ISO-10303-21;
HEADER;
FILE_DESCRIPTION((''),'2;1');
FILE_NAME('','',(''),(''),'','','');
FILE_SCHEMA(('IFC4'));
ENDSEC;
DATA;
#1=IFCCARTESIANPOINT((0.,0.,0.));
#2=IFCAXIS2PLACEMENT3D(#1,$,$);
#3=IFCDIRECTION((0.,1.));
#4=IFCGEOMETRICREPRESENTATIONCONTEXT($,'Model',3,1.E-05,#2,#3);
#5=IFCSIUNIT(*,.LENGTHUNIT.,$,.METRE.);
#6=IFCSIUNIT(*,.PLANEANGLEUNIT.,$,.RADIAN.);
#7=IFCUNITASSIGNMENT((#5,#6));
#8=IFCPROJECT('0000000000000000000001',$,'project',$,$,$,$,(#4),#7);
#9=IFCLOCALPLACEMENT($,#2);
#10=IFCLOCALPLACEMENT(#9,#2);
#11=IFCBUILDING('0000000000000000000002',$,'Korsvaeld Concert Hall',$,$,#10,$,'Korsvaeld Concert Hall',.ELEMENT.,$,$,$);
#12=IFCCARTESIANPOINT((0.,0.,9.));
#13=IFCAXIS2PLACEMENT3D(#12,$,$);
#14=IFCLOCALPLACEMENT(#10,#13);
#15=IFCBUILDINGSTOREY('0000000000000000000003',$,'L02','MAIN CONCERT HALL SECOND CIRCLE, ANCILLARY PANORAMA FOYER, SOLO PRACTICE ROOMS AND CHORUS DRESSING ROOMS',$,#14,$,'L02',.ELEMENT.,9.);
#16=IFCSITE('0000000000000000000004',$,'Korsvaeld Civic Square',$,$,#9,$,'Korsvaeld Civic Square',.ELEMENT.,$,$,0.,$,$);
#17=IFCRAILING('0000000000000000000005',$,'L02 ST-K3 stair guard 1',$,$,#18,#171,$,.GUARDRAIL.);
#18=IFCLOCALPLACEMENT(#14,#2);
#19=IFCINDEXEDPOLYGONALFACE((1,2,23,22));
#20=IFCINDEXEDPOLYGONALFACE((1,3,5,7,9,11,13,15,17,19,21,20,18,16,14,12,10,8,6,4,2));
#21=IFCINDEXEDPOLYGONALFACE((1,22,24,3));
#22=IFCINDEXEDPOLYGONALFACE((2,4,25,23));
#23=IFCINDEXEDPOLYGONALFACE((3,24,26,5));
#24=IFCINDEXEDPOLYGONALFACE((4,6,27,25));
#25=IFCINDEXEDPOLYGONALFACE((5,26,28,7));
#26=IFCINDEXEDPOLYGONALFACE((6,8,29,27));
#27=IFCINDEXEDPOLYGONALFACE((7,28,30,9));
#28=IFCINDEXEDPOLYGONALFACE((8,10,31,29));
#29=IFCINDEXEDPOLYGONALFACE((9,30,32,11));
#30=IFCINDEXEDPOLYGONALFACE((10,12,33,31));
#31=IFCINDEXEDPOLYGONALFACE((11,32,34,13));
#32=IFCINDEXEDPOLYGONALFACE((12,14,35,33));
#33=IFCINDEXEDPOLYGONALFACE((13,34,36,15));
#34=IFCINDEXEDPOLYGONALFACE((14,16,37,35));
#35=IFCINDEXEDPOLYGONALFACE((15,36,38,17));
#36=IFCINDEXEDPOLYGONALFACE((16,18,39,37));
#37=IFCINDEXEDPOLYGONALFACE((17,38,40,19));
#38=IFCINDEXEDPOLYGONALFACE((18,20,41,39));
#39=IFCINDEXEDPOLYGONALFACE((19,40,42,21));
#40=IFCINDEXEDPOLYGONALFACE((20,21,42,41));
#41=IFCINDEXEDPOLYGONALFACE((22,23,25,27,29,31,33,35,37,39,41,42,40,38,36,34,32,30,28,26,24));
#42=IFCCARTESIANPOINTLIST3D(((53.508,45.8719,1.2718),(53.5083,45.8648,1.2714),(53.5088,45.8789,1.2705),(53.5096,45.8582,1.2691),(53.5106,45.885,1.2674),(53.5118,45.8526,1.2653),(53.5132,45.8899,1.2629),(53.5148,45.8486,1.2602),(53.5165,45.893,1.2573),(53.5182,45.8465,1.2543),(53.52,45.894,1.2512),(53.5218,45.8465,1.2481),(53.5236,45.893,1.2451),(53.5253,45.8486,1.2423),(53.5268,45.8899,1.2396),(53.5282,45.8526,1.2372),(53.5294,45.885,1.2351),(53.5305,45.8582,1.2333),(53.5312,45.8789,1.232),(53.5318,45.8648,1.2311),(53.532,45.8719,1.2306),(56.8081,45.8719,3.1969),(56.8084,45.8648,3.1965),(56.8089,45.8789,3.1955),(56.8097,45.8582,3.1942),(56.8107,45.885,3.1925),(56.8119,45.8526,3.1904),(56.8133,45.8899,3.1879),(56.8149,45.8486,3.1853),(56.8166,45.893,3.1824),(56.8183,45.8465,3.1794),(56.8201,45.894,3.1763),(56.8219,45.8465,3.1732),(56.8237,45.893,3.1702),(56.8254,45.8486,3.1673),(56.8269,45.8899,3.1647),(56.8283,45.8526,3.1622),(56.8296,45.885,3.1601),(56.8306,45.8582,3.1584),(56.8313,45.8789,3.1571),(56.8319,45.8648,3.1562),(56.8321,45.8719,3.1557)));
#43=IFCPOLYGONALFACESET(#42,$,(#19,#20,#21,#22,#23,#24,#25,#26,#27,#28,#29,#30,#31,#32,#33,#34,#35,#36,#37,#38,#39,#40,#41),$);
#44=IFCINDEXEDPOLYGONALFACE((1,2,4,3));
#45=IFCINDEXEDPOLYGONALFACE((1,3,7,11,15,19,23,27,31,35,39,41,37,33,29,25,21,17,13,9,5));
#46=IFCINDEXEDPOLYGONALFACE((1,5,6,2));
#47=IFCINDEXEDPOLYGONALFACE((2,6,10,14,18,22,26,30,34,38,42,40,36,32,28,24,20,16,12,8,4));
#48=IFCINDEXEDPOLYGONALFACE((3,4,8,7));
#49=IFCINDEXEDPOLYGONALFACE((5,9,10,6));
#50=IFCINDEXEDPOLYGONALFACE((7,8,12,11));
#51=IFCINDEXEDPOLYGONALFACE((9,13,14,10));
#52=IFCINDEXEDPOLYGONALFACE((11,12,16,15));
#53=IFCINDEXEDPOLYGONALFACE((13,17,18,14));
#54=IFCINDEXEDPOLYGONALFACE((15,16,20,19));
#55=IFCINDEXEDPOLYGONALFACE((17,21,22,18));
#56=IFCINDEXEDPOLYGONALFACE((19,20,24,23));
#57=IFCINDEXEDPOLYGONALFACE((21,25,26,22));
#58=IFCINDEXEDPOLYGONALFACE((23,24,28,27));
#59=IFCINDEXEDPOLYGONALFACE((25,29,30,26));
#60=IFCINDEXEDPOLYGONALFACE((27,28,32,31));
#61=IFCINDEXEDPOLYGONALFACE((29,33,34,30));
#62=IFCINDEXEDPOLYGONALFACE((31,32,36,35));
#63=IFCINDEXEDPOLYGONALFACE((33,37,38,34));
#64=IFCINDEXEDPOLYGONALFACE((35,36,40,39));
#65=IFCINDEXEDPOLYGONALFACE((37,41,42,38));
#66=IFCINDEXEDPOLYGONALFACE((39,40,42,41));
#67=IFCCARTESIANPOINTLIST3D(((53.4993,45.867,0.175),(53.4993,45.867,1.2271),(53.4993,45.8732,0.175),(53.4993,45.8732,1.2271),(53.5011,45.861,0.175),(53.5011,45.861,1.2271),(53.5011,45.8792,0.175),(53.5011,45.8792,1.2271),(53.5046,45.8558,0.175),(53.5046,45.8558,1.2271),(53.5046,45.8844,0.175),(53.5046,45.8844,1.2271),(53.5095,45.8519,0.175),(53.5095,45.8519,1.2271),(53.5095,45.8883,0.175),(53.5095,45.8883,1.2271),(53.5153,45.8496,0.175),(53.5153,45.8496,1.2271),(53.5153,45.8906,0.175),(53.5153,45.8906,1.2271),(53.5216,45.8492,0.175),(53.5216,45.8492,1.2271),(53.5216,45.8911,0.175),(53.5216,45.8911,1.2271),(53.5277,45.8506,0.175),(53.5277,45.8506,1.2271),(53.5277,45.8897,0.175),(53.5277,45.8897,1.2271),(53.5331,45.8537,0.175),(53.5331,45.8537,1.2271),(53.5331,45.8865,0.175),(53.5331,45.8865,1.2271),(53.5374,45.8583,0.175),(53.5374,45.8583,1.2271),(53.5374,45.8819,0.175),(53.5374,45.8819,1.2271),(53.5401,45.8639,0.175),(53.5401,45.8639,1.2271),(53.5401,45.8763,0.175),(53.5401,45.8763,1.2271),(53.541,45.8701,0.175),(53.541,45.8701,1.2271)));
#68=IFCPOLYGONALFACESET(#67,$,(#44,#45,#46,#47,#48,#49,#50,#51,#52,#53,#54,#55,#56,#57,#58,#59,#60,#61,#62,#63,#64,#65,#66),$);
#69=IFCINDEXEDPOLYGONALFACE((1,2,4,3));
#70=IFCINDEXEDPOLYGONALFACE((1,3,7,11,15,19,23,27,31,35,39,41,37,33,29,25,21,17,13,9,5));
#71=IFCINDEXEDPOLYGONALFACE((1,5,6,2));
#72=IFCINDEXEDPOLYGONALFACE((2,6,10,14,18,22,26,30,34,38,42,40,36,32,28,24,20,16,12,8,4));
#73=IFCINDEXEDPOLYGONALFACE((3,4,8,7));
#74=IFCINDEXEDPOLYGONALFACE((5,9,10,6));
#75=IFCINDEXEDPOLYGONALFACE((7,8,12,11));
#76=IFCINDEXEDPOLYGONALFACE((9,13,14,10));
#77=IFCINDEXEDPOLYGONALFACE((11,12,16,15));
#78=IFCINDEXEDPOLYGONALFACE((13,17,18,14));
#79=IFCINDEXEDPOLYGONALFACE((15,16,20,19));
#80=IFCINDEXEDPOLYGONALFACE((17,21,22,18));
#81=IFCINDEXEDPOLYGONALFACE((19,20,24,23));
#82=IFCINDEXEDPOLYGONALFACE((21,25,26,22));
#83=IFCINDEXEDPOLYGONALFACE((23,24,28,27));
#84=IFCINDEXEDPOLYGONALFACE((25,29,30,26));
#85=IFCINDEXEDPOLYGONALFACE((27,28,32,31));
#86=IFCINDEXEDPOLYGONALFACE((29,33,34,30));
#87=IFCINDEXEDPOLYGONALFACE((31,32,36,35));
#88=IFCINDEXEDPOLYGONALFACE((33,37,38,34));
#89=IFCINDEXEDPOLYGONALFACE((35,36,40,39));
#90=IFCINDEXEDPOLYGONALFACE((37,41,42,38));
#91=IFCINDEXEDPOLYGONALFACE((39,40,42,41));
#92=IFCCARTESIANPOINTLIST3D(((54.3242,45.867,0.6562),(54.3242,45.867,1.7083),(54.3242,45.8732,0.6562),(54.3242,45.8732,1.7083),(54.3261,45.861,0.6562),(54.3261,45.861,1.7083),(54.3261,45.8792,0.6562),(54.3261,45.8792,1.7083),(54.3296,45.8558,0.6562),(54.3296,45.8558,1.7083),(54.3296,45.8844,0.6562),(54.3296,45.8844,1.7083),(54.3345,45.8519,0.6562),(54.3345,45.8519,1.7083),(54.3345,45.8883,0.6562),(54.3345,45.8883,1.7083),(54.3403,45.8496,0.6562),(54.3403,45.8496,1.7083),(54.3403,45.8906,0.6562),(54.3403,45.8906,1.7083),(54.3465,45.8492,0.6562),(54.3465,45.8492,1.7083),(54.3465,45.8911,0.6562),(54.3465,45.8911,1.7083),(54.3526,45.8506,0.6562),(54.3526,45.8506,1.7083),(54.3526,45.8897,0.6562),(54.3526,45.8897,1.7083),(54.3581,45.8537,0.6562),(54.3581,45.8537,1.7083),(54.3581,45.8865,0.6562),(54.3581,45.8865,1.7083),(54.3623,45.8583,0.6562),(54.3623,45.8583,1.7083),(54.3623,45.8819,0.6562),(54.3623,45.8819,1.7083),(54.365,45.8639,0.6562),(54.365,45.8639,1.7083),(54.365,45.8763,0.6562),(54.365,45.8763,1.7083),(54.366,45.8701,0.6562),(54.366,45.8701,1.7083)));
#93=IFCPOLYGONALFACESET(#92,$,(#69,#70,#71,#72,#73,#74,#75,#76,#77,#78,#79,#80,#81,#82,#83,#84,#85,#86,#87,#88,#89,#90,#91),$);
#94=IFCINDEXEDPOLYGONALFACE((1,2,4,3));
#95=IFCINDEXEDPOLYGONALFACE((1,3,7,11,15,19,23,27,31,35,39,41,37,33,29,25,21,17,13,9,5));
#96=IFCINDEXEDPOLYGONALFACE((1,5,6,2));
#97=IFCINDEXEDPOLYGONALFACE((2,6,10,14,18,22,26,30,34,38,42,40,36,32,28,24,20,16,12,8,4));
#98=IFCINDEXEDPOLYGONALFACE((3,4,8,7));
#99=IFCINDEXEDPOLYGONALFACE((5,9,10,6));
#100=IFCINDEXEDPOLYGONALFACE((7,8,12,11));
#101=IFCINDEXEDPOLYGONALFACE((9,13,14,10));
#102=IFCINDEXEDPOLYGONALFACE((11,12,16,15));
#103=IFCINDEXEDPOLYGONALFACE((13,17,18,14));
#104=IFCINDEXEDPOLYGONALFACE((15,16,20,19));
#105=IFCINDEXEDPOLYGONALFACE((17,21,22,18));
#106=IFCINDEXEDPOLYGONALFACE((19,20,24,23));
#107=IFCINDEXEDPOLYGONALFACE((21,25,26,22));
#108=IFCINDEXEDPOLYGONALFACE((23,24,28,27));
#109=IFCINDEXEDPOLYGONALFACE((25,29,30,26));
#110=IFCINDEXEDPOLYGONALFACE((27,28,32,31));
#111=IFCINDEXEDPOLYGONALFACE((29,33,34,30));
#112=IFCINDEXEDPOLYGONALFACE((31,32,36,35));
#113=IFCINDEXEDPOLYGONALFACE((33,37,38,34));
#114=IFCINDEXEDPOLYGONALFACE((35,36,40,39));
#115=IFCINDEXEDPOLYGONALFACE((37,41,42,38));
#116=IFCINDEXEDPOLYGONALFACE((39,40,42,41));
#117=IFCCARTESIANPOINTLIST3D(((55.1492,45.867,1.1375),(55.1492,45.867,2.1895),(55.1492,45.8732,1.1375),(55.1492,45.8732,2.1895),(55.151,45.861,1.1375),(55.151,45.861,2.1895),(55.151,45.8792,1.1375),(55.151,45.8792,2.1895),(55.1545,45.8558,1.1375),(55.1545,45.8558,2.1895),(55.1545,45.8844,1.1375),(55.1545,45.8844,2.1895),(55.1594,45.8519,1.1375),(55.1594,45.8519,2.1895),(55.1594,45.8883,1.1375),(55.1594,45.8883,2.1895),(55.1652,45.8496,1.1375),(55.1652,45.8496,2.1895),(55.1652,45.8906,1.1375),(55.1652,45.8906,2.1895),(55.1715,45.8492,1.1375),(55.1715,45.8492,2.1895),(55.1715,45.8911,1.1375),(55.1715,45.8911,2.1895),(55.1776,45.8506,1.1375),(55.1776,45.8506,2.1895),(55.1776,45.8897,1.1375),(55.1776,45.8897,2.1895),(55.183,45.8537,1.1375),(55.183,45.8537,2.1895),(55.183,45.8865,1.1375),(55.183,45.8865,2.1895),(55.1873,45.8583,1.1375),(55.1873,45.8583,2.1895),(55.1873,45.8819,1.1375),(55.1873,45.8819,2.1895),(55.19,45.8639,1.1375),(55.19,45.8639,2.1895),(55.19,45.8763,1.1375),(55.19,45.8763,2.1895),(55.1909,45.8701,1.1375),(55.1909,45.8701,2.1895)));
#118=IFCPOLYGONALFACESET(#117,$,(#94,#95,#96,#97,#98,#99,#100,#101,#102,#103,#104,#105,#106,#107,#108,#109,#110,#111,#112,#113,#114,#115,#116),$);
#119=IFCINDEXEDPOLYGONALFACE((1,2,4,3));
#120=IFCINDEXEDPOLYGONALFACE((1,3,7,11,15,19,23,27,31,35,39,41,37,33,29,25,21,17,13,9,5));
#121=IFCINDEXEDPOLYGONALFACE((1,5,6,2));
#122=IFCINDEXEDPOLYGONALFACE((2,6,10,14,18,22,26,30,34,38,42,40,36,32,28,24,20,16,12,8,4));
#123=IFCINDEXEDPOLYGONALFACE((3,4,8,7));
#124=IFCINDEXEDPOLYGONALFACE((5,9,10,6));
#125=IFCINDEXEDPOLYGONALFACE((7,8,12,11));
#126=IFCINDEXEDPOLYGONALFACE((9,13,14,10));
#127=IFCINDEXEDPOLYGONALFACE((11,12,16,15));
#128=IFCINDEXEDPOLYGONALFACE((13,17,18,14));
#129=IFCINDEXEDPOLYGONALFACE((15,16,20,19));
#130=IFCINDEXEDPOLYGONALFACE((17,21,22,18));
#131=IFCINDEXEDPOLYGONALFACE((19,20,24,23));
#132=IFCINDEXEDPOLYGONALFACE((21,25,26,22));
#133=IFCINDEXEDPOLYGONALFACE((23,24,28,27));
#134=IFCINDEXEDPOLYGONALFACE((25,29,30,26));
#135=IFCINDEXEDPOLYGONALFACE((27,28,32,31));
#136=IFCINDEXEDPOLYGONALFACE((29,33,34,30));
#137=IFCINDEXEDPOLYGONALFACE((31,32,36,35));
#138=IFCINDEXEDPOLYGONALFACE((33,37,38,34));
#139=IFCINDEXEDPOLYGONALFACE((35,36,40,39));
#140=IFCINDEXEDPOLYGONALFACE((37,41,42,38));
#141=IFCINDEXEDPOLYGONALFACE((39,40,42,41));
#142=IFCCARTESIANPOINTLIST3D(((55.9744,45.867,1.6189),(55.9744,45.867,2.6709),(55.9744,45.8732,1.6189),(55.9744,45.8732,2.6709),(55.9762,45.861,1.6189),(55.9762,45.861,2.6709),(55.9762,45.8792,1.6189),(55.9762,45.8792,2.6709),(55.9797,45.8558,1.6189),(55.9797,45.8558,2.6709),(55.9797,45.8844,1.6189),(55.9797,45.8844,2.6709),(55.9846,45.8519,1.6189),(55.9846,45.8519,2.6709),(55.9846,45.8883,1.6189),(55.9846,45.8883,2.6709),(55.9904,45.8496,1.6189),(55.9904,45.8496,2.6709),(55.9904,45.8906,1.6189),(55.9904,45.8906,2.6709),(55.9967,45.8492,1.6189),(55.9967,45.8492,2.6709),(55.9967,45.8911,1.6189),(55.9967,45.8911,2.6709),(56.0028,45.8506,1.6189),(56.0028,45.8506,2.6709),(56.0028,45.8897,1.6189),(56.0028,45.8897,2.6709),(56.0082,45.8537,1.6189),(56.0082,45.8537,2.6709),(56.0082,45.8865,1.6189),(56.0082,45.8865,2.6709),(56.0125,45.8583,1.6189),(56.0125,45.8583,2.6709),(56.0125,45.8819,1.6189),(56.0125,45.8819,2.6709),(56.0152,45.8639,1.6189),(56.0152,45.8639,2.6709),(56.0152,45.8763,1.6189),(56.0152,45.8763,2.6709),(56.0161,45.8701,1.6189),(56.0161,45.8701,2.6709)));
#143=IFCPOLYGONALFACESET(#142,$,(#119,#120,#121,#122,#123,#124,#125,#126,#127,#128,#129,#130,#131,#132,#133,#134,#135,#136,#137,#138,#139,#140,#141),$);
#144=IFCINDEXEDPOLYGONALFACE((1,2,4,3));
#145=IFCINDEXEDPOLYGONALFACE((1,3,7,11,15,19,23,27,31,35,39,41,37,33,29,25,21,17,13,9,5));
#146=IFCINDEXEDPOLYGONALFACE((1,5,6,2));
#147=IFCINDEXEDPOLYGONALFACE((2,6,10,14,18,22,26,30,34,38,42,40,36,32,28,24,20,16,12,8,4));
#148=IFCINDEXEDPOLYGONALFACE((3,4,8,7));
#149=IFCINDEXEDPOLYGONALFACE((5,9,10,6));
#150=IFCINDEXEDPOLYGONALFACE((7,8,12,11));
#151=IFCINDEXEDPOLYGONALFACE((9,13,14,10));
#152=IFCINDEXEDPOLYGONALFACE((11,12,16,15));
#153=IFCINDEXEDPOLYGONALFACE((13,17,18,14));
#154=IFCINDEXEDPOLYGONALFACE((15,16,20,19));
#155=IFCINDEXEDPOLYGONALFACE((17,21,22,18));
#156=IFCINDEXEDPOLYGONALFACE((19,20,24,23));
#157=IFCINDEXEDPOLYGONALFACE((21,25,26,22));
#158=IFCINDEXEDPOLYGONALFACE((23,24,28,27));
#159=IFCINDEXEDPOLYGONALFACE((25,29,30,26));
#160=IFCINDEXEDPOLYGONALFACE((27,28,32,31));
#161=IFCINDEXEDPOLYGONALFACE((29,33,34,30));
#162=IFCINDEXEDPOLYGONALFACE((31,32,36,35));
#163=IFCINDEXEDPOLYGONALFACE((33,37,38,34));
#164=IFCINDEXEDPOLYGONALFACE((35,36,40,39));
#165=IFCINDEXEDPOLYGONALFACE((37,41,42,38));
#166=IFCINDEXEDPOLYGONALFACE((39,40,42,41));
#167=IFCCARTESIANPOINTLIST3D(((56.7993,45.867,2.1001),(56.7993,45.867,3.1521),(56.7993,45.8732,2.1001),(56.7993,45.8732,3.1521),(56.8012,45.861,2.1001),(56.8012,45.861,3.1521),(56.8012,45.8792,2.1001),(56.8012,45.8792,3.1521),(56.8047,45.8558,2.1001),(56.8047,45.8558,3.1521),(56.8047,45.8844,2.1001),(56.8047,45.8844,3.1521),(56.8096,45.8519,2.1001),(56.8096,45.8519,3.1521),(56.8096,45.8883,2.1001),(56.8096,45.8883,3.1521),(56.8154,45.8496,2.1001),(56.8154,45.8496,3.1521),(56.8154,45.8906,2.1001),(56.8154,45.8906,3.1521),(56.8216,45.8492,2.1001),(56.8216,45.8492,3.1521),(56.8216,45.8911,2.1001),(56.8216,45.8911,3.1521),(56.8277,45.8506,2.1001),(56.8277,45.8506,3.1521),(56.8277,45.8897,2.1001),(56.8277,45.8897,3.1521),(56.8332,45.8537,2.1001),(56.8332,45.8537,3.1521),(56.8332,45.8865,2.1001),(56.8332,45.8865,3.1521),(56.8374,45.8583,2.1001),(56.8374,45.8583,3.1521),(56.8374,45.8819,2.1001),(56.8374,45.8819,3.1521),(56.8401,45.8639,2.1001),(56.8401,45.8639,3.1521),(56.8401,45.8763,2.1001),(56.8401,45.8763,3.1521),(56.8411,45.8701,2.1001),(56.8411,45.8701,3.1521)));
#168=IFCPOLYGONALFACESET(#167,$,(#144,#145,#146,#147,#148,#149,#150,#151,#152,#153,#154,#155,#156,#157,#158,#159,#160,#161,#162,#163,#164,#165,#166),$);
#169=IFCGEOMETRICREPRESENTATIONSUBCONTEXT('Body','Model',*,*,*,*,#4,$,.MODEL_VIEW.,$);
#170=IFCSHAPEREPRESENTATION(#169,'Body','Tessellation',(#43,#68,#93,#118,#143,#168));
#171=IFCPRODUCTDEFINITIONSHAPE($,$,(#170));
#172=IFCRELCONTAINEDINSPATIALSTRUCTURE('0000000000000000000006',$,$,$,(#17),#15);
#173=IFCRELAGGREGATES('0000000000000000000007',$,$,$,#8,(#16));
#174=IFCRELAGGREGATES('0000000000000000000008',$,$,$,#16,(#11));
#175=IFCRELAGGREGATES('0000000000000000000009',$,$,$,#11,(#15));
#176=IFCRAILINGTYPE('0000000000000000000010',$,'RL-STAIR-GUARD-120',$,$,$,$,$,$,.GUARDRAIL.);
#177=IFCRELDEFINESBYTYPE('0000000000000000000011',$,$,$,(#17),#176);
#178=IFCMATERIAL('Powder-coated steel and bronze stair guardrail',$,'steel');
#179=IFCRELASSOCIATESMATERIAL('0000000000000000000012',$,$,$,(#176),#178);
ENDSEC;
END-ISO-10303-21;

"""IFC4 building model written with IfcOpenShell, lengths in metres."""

from ifc_helpers import new_model, si_unit, direction, frame, origin, origin_2d, place, context, subcontext, project, spatial, circle, extrude, material, type_object, element, save


model = new_model("IFC4")

# Units and contexts
model_context = context("Model", 3, precision=1e-05, world=origin(), true_north=direction((0.0, 1.0)))
body_context = subcontext(model_context, "Body", "Model", "MODEL_VIEW")
ifc_project = project(units=[si_unit("LENGTHUNIT", "METRE"), si_unit("PLANEANGLEUNIT", "RADIAN")], contexts=[model_context])

# Site, building, storey
site_placement = place(None, origin())
site = spatial("IfcSite", under=ifc_project, at=site_placement, Name="Korsvaeld Civic Square", LongName="Korsvaeld Civic Square", CompositionType="ELEMENT", RefElevation=0.0)
building_placement = place(site_placement, origin())
building = spatial("IfcBuilding", under=site, at=building_placement, Name="Korsvaeld Concert Hall", LongName="Korsvaeld Concert Hall", CompositionType="ELEMENT")
storey_placement = place(building_placement, frame((0.0, 0.0, 9.0)))
storey = spatial("IfcBuildingStorey", under=building, at=storey_placement, Name="L02", Description="MAIN CONCERT HALL SECOND CIRCLE, ANCILLARY PANORAMA FOYER, SOLO PRACTICE ROOMS AND CHORUS DRESSING ROOMS", LongName="L02", CompositionType="ELEMENT", Elevation=9.0)

# Railing
ifc_material_1 = material(Name="Powder-coated steel and bronze stair guardrail", Category="steel")
railing_type_1 = type_object("IfcRailingType", Name="RL-STAIR-GUARD-120", PredefinedType="GUARDRAIL", material=ifc_material_1)
railing_1_placement = place(storey_placement, frame((53.52, 45.8701, 0.175)))
element("IfcRailing", 1, at=railing_1_placement, inside=storey, type_object=railing_type_1, Name="L02 ST-K3 stair guard 1", PredefinedType="GUARDRAIL", context=body_context, shape_type="SweptSolid", body=[
    extrude(circle(Radius=0.0239, at=origin_2d()), frame((0.0, 0.0, 1.0762), z_axis=(0.863777, 0.0, 0.503875), x_axis=(0.0, 1.0, 0.0)), (0.0, 0.0, 1.0), 3.8206),
    extrude(circle(Radius=0.021, at=origin_2d()), origin(), (0.0, 0.0, 1.0), 1.052),
    extrude(circle(Radius=0.021, at=origin_2d()), frame((0.825, 0.0, 0.4812)), (0.0, 0.0, 1.0), 1.052),
    extrude(circle(Radius=0.021, at=origin_2d()), frame((1.6499, 0.0, 0.9624)), (0.0, 0.0, 1.0), 1.052),
    extrude(circle(Radius=0.021, at=origin_2d()), frame((2.4751, 0.0, 1.4438)), (0.0, 0.0, 1.0), 1.052),
    extrude(circle(Radius=0.021, at=origin_2d()), frame((3.3, 0.0, 1.925)), (0.0, 0.0, 1.0), 1.052),
])

save(model, "model.ifc")
